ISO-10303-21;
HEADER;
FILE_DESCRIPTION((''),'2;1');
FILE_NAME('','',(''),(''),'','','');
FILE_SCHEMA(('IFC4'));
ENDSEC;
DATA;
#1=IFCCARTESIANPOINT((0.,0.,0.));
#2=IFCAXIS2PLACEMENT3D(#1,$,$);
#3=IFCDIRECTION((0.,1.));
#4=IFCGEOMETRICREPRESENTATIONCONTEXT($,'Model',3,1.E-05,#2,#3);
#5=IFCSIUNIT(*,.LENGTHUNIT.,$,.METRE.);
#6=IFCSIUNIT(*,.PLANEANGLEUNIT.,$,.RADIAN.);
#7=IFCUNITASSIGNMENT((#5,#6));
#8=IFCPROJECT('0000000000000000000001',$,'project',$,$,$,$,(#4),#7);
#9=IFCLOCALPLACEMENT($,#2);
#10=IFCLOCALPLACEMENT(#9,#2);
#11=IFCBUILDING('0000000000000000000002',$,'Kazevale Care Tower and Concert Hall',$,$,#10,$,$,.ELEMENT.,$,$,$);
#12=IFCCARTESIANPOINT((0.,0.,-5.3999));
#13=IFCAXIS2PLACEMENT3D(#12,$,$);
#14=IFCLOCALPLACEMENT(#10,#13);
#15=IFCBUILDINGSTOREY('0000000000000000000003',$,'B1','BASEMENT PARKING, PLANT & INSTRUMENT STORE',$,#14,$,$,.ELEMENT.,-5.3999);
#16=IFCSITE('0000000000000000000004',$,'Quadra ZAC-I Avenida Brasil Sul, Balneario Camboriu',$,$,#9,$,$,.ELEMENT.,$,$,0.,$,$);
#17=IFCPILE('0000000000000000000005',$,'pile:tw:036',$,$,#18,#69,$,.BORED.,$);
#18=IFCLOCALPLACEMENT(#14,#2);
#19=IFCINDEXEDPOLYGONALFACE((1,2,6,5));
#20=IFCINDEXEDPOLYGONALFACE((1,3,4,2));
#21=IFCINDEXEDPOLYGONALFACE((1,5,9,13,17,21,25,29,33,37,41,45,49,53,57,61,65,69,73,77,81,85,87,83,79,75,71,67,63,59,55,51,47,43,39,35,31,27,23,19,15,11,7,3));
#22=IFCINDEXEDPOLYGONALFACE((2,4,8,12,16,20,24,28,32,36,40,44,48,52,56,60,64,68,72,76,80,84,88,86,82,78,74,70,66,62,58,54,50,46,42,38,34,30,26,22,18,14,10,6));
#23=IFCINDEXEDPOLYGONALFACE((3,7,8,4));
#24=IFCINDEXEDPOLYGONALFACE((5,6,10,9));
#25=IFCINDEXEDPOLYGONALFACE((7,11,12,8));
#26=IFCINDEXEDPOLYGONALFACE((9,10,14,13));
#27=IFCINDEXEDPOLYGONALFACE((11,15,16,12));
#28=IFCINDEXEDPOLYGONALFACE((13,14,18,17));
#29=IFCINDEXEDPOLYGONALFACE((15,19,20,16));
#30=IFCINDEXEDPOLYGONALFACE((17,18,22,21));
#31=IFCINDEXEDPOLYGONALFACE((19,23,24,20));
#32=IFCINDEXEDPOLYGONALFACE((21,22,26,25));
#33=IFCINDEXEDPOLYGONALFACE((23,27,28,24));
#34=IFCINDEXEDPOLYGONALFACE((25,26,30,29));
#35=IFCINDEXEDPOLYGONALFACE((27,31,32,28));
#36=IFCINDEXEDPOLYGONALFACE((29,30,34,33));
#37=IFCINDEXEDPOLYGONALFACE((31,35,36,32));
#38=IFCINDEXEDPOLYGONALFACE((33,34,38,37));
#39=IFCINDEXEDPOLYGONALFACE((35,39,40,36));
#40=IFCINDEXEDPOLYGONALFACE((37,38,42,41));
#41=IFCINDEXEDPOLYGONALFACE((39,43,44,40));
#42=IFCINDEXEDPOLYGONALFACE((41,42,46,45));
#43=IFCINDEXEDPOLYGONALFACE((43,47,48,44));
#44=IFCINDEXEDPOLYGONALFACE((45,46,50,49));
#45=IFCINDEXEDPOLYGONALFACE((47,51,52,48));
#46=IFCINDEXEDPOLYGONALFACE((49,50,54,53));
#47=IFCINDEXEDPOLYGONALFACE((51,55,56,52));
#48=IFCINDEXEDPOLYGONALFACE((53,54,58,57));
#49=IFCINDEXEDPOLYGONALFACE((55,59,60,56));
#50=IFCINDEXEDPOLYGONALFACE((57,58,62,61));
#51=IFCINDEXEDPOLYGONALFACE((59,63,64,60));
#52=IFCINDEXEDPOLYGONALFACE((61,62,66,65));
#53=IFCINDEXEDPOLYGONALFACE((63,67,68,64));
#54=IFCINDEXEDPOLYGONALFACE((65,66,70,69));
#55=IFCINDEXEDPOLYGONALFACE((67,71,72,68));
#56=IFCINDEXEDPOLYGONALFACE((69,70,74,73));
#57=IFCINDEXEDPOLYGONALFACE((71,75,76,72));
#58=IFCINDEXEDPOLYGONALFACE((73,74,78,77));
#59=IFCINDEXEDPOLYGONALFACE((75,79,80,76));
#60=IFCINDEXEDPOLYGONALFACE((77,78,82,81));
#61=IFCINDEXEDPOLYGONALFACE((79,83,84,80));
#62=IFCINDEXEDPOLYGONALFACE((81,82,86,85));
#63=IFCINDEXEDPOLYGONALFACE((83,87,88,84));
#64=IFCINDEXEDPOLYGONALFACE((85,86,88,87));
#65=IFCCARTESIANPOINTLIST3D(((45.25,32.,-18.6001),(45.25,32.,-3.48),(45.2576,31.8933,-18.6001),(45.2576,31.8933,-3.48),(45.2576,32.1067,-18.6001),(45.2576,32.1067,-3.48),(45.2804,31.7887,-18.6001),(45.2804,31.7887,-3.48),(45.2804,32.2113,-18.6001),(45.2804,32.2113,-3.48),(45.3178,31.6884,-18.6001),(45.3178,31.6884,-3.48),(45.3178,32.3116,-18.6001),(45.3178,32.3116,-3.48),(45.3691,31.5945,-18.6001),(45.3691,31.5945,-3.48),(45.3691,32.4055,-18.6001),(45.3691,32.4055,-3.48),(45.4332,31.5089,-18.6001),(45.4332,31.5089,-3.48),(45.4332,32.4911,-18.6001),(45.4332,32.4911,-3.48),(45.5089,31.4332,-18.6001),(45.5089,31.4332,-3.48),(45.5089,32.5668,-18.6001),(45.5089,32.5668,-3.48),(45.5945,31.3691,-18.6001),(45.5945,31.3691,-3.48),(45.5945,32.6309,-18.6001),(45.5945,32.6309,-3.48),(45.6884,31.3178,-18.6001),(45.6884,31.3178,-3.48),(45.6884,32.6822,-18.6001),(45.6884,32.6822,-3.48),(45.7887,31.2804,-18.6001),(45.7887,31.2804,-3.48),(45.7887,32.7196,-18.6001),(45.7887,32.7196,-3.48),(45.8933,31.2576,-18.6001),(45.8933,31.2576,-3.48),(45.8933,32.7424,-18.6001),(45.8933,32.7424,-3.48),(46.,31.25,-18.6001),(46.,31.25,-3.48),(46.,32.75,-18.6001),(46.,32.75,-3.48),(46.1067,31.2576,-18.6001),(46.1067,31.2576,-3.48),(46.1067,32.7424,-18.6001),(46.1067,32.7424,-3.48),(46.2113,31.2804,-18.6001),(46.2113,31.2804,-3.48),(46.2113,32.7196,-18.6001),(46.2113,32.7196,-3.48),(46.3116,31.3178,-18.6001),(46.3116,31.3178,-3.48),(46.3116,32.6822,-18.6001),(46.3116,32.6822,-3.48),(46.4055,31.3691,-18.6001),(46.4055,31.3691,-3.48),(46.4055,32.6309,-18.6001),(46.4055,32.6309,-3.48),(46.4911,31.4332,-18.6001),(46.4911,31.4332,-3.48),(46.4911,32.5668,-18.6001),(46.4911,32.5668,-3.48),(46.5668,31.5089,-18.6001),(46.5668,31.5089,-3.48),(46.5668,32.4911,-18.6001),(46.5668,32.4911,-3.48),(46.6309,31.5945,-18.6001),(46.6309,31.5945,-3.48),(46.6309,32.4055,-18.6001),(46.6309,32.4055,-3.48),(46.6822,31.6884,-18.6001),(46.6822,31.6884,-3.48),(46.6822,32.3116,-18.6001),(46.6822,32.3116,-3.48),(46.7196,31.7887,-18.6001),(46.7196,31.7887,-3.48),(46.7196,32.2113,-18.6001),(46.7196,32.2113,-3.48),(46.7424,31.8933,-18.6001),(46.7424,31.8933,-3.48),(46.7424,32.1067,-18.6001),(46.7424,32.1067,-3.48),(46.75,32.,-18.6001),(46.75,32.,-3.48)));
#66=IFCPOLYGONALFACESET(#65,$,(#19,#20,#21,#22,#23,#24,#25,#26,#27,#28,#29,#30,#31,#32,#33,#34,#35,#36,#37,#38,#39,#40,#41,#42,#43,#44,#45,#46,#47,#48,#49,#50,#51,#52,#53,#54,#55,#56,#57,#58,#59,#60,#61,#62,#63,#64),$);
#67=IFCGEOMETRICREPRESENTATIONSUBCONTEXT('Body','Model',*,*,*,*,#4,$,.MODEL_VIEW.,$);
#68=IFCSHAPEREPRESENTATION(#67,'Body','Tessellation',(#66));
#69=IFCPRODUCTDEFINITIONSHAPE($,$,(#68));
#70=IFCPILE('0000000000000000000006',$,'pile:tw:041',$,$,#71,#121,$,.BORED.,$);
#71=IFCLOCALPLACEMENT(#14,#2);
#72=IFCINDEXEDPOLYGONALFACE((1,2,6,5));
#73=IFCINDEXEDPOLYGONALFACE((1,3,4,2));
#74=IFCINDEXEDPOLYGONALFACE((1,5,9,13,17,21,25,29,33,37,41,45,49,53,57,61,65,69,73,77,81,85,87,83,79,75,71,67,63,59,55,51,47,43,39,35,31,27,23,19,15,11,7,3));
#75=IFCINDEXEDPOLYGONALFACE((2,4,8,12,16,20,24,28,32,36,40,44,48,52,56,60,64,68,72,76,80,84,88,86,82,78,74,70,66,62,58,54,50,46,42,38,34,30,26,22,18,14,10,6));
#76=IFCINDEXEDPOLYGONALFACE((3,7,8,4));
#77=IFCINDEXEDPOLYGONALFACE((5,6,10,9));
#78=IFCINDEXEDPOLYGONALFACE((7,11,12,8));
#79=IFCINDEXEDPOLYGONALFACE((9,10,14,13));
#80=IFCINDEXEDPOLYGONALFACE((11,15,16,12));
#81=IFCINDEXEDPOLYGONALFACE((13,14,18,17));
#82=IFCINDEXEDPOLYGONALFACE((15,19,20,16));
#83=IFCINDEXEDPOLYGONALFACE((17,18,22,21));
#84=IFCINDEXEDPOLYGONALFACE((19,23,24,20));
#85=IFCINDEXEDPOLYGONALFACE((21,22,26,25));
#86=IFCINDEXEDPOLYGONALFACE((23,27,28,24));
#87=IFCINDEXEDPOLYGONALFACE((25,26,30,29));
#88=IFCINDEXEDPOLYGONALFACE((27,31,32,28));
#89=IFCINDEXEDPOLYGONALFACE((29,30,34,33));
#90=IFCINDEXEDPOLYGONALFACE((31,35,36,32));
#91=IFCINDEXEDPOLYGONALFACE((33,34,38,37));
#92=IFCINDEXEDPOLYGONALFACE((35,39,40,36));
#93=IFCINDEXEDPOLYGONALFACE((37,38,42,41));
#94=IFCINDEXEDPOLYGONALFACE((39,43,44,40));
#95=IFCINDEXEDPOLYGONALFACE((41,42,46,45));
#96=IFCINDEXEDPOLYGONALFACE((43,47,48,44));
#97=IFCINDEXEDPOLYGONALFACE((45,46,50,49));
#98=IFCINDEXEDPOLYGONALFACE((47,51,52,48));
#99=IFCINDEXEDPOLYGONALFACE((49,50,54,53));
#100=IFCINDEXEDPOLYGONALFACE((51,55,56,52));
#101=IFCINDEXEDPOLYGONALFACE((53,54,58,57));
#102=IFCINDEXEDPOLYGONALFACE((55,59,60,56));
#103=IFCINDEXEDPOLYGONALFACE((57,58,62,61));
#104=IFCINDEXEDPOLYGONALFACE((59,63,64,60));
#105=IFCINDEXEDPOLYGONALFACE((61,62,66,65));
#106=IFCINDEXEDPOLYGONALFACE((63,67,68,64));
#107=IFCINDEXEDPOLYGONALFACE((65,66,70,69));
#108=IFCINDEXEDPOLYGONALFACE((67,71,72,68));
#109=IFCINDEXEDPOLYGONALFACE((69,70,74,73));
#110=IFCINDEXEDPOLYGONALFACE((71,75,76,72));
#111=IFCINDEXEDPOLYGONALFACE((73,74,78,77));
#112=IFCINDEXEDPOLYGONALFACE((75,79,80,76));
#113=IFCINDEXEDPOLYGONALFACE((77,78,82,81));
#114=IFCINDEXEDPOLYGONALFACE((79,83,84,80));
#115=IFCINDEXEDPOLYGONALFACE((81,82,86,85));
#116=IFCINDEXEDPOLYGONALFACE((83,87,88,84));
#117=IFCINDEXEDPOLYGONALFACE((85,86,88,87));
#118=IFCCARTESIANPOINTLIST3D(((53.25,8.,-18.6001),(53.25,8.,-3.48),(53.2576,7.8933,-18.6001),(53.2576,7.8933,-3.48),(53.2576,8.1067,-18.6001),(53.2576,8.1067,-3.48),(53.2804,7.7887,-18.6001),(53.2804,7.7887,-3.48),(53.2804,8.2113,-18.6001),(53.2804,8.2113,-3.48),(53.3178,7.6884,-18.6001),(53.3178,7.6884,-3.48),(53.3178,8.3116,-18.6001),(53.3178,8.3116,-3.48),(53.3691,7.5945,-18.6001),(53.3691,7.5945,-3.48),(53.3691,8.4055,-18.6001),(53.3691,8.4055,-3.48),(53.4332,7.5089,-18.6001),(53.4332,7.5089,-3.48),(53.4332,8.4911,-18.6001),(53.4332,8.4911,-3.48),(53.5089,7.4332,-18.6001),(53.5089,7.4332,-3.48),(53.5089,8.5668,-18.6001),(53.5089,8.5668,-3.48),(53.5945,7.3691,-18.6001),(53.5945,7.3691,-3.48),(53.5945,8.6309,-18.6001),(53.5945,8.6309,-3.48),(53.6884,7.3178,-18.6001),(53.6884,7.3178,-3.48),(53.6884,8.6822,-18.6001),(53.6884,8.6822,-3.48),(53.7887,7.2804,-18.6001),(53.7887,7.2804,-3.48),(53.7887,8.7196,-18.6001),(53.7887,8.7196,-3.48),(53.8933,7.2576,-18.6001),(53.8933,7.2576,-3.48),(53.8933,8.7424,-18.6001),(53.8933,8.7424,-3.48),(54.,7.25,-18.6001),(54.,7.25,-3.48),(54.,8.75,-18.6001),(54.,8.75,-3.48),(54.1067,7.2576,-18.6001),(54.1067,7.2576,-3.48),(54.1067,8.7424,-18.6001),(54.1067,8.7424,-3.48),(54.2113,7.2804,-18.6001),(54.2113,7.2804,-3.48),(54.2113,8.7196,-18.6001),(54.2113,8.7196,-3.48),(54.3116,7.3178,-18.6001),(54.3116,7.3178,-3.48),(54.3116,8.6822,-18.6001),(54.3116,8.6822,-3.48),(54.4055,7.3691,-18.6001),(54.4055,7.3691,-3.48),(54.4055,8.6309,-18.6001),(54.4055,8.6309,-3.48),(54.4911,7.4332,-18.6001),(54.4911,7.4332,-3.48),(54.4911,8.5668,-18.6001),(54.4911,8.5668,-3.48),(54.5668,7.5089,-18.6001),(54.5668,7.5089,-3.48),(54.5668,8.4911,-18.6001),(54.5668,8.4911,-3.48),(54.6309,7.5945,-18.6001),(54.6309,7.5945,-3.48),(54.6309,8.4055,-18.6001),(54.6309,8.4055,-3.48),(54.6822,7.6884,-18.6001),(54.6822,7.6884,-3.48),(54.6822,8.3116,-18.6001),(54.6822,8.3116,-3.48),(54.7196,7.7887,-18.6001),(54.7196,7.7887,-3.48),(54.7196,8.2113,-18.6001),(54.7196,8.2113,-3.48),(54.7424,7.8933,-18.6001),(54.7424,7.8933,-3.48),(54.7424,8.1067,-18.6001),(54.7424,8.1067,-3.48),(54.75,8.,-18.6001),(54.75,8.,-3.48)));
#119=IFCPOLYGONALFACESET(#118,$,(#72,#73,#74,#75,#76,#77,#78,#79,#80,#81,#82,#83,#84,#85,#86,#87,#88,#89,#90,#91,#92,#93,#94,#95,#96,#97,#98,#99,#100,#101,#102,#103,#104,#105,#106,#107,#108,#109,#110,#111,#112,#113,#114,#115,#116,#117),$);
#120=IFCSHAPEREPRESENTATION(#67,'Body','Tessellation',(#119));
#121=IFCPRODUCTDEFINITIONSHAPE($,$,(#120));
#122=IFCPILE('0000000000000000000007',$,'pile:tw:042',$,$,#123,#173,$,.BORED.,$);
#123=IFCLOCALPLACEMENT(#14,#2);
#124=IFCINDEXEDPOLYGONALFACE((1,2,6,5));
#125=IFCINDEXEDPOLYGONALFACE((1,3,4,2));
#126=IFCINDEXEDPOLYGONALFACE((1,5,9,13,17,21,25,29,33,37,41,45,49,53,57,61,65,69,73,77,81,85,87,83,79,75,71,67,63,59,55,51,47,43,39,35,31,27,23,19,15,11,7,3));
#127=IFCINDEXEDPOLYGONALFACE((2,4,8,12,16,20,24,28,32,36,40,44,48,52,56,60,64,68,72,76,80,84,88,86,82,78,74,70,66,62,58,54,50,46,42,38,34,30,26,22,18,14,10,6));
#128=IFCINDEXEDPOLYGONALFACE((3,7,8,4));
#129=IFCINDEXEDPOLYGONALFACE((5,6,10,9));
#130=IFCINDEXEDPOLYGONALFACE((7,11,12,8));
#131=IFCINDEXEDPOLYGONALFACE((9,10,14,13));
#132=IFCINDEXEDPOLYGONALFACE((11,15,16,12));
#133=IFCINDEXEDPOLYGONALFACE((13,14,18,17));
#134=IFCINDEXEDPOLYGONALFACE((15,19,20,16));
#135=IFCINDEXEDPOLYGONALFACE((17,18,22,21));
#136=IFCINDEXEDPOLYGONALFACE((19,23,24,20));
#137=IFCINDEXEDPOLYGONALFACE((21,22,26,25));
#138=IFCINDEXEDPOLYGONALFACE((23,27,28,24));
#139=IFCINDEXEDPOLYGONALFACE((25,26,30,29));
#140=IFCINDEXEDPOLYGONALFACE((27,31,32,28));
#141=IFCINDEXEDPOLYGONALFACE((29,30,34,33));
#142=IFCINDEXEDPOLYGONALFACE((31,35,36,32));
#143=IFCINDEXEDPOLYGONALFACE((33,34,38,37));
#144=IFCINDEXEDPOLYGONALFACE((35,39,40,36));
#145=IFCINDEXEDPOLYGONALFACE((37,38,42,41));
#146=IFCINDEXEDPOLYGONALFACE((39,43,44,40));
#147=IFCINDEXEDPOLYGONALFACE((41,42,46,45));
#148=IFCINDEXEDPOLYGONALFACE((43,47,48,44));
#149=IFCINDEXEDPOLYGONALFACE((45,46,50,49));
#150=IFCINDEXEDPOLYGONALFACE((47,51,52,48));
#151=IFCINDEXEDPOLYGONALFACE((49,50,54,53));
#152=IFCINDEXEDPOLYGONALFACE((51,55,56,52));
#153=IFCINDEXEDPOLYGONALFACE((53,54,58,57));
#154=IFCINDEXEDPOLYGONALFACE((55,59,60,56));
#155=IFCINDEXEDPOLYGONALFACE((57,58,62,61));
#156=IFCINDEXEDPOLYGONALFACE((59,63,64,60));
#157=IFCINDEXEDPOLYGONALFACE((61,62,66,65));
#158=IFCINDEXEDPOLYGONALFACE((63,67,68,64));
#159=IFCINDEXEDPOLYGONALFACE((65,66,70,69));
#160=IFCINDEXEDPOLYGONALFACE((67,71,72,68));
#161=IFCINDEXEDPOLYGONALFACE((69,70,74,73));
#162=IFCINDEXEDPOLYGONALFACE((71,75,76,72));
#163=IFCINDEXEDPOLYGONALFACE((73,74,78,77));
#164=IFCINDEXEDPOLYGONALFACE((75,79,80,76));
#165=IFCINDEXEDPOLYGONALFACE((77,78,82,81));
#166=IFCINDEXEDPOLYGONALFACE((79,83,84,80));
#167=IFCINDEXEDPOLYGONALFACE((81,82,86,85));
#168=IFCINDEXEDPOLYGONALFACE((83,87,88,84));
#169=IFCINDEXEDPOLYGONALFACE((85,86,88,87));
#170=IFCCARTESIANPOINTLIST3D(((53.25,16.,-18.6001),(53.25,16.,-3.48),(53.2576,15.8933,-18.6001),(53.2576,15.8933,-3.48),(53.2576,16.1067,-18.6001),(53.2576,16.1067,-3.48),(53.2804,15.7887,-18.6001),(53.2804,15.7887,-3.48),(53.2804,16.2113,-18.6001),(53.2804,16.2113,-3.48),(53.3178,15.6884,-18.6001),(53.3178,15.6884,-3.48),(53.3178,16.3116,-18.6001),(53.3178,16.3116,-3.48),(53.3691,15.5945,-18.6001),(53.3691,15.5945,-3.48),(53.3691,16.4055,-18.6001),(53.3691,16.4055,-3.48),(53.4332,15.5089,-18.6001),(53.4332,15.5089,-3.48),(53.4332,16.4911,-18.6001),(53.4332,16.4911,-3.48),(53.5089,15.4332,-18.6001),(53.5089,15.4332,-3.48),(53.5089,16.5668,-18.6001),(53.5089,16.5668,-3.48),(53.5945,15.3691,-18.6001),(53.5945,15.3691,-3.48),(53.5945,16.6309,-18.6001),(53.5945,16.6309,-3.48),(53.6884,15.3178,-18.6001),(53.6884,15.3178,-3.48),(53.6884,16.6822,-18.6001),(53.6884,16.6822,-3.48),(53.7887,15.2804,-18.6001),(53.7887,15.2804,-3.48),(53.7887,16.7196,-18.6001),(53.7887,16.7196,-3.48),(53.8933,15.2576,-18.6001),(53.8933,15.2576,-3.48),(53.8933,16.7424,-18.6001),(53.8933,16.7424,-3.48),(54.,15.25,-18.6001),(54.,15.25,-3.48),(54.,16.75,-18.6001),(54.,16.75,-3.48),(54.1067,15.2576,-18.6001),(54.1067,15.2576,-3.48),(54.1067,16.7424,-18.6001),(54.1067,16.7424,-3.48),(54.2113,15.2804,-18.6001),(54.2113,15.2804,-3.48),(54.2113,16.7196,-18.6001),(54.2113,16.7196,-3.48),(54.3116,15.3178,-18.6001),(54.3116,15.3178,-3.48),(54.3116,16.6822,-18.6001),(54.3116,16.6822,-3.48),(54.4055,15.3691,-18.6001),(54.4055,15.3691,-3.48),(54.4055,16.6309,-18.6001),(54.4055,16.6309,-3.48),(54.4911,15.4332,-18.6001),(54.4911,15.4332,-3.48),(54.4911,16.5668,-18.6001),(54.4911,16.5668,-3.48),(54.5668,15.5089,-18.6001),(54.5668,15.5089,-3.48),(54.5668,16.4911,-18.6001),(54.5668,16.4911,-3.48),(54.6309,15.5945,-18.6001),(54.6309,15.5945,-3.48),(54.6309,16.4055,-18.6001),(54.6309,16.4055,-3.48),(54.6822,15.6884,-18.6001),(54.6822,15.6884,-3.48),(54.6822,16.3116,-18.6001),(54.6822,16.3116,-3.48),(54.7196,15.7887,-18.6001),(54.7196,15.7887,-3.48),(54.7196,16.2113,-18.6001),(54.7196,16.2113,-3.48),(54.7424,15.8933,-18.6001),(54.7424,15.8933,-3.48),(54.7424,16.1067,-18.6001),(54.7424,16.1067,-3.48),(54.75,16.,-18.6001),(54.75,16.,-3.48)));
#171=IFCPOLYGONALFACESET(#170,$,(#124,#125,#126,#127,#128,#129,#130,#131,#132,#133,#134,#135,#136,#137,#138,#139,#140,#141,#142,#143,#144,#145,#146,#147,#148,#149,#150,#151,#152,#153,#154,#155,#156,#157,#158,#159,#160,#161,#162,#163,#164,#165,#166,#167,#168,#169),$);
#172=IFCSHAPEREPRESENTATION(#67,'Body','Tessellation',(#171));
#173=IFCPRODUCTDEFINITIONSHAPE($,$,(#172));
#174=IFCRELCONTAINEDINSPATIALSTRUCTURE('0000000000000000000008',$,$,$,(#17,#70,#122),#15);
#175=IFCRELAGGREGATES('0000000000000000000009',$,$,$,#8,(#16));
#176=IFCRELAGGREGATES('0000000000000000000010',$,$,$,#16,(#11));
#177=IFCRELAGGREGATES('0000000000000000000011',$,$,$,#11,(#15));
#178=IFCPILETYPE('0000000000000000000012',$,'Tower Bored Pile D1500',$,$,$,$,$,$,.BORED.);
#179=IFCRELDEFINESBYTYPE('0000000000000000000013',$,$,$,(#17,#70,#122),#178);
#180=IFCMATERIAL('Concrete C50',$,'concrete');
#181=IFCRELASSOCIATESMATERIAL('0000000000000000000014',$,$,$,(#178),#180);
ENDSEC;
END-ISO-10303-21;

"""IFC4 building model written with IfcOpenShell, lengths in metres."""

from ifc_helpers import new_model, si_unit, direction, frame, origin, origin_2d, place, context, subcontext, project, spatial, circle, extrude, material, material_profile, profile_set, type_object, element, save


model = new_model("IFC4")

# Units and contexts
model_context = context("Model", 3, precision=1e-05, world=origin(), true_north=direction((0.0, 1.0)))
body_context = subcontext(model_context, "Body", "Model", "MODEL_VIEW")
ifc_project = project(units=[si_unit("LENGTHUNIT", "METRE"), si_unit("PLANEANGLEUNIT", "RADIAN")], contexts=[model_context])

# Site, building, storey
site_placement = place(None, origin())
site = spatial("IfcSite", under=ifc_project, at=site_placement, Name="Quadra ZAC-I Avenida Brasil Sul, Balneario Camboriu", CompositionType="ELEMENT", RefElevation=0.0)
building_placement = place(site_placement, origin())
building = spatial("IfcBuilding", under=site, at=building_placement, Name="Kazevale Care Tower and Concert Hall", CompositionType="ELEMENT")
storey_placement = place(building_placement, frame((0.0, 0.0, -5.3999)))
storey = spatial("IfcBuildingStorey", under=building, at=storey_placement, Name="B1", Description="BASEMENT PARKING, PLANT & INSTRUMENT STORE", CompositionType="ELEMENT", Elevation=-5.3999)

# Piles
ifc_material_1 = material(Name="Concrete C50", Category="concrete")
ifc_material_profile_1 = material_profile(ifc_material_1, circle(Radius=0.75, at=origin_2d()), Name="PILE-D1500")
ifc_profile_set_1 = profile_set([ifc_material_profile_1], Name="Concrete C50")
pile_type = type_object("IfcPileType", Name="Tower Bored Pile D1500", PredefinedType="BORED", material=ifc_profile_set_1)
for number, where, z_axis, x_axis, name in (
    (1, (46.0, 32.0, -3.48), (0.0, 0.0, -1.0), (1.0, 0.0, 0.0), "pile:tw:036"),
    (2, (54.0, 8.0, -3.48), (0.0, 0.0, -1.0), (1.0, 0.0, 0.0), "pile:tw:041"),
    (3, (54.0, 16.0, -3.48), (0.0, 0.0, -1.0), (1.0, 0.0, 0.0), "pile:tw:042"),
):
    element("IfcPile", number, at=place(storey_placement, frame(where, z_axis=z_axis, x_axis=x_axis)), inside=storey, type_object=pile_type, Name=name, PredefinedType="BORED", context=body_context, shape_type="SweptSolid", body=[
        extrude(circle(Radius=0.75, at=origin_2d()), origin(), (0.0, 0.0, 1.0), 15.1201),
    ])

save(model, "model.ifc")
